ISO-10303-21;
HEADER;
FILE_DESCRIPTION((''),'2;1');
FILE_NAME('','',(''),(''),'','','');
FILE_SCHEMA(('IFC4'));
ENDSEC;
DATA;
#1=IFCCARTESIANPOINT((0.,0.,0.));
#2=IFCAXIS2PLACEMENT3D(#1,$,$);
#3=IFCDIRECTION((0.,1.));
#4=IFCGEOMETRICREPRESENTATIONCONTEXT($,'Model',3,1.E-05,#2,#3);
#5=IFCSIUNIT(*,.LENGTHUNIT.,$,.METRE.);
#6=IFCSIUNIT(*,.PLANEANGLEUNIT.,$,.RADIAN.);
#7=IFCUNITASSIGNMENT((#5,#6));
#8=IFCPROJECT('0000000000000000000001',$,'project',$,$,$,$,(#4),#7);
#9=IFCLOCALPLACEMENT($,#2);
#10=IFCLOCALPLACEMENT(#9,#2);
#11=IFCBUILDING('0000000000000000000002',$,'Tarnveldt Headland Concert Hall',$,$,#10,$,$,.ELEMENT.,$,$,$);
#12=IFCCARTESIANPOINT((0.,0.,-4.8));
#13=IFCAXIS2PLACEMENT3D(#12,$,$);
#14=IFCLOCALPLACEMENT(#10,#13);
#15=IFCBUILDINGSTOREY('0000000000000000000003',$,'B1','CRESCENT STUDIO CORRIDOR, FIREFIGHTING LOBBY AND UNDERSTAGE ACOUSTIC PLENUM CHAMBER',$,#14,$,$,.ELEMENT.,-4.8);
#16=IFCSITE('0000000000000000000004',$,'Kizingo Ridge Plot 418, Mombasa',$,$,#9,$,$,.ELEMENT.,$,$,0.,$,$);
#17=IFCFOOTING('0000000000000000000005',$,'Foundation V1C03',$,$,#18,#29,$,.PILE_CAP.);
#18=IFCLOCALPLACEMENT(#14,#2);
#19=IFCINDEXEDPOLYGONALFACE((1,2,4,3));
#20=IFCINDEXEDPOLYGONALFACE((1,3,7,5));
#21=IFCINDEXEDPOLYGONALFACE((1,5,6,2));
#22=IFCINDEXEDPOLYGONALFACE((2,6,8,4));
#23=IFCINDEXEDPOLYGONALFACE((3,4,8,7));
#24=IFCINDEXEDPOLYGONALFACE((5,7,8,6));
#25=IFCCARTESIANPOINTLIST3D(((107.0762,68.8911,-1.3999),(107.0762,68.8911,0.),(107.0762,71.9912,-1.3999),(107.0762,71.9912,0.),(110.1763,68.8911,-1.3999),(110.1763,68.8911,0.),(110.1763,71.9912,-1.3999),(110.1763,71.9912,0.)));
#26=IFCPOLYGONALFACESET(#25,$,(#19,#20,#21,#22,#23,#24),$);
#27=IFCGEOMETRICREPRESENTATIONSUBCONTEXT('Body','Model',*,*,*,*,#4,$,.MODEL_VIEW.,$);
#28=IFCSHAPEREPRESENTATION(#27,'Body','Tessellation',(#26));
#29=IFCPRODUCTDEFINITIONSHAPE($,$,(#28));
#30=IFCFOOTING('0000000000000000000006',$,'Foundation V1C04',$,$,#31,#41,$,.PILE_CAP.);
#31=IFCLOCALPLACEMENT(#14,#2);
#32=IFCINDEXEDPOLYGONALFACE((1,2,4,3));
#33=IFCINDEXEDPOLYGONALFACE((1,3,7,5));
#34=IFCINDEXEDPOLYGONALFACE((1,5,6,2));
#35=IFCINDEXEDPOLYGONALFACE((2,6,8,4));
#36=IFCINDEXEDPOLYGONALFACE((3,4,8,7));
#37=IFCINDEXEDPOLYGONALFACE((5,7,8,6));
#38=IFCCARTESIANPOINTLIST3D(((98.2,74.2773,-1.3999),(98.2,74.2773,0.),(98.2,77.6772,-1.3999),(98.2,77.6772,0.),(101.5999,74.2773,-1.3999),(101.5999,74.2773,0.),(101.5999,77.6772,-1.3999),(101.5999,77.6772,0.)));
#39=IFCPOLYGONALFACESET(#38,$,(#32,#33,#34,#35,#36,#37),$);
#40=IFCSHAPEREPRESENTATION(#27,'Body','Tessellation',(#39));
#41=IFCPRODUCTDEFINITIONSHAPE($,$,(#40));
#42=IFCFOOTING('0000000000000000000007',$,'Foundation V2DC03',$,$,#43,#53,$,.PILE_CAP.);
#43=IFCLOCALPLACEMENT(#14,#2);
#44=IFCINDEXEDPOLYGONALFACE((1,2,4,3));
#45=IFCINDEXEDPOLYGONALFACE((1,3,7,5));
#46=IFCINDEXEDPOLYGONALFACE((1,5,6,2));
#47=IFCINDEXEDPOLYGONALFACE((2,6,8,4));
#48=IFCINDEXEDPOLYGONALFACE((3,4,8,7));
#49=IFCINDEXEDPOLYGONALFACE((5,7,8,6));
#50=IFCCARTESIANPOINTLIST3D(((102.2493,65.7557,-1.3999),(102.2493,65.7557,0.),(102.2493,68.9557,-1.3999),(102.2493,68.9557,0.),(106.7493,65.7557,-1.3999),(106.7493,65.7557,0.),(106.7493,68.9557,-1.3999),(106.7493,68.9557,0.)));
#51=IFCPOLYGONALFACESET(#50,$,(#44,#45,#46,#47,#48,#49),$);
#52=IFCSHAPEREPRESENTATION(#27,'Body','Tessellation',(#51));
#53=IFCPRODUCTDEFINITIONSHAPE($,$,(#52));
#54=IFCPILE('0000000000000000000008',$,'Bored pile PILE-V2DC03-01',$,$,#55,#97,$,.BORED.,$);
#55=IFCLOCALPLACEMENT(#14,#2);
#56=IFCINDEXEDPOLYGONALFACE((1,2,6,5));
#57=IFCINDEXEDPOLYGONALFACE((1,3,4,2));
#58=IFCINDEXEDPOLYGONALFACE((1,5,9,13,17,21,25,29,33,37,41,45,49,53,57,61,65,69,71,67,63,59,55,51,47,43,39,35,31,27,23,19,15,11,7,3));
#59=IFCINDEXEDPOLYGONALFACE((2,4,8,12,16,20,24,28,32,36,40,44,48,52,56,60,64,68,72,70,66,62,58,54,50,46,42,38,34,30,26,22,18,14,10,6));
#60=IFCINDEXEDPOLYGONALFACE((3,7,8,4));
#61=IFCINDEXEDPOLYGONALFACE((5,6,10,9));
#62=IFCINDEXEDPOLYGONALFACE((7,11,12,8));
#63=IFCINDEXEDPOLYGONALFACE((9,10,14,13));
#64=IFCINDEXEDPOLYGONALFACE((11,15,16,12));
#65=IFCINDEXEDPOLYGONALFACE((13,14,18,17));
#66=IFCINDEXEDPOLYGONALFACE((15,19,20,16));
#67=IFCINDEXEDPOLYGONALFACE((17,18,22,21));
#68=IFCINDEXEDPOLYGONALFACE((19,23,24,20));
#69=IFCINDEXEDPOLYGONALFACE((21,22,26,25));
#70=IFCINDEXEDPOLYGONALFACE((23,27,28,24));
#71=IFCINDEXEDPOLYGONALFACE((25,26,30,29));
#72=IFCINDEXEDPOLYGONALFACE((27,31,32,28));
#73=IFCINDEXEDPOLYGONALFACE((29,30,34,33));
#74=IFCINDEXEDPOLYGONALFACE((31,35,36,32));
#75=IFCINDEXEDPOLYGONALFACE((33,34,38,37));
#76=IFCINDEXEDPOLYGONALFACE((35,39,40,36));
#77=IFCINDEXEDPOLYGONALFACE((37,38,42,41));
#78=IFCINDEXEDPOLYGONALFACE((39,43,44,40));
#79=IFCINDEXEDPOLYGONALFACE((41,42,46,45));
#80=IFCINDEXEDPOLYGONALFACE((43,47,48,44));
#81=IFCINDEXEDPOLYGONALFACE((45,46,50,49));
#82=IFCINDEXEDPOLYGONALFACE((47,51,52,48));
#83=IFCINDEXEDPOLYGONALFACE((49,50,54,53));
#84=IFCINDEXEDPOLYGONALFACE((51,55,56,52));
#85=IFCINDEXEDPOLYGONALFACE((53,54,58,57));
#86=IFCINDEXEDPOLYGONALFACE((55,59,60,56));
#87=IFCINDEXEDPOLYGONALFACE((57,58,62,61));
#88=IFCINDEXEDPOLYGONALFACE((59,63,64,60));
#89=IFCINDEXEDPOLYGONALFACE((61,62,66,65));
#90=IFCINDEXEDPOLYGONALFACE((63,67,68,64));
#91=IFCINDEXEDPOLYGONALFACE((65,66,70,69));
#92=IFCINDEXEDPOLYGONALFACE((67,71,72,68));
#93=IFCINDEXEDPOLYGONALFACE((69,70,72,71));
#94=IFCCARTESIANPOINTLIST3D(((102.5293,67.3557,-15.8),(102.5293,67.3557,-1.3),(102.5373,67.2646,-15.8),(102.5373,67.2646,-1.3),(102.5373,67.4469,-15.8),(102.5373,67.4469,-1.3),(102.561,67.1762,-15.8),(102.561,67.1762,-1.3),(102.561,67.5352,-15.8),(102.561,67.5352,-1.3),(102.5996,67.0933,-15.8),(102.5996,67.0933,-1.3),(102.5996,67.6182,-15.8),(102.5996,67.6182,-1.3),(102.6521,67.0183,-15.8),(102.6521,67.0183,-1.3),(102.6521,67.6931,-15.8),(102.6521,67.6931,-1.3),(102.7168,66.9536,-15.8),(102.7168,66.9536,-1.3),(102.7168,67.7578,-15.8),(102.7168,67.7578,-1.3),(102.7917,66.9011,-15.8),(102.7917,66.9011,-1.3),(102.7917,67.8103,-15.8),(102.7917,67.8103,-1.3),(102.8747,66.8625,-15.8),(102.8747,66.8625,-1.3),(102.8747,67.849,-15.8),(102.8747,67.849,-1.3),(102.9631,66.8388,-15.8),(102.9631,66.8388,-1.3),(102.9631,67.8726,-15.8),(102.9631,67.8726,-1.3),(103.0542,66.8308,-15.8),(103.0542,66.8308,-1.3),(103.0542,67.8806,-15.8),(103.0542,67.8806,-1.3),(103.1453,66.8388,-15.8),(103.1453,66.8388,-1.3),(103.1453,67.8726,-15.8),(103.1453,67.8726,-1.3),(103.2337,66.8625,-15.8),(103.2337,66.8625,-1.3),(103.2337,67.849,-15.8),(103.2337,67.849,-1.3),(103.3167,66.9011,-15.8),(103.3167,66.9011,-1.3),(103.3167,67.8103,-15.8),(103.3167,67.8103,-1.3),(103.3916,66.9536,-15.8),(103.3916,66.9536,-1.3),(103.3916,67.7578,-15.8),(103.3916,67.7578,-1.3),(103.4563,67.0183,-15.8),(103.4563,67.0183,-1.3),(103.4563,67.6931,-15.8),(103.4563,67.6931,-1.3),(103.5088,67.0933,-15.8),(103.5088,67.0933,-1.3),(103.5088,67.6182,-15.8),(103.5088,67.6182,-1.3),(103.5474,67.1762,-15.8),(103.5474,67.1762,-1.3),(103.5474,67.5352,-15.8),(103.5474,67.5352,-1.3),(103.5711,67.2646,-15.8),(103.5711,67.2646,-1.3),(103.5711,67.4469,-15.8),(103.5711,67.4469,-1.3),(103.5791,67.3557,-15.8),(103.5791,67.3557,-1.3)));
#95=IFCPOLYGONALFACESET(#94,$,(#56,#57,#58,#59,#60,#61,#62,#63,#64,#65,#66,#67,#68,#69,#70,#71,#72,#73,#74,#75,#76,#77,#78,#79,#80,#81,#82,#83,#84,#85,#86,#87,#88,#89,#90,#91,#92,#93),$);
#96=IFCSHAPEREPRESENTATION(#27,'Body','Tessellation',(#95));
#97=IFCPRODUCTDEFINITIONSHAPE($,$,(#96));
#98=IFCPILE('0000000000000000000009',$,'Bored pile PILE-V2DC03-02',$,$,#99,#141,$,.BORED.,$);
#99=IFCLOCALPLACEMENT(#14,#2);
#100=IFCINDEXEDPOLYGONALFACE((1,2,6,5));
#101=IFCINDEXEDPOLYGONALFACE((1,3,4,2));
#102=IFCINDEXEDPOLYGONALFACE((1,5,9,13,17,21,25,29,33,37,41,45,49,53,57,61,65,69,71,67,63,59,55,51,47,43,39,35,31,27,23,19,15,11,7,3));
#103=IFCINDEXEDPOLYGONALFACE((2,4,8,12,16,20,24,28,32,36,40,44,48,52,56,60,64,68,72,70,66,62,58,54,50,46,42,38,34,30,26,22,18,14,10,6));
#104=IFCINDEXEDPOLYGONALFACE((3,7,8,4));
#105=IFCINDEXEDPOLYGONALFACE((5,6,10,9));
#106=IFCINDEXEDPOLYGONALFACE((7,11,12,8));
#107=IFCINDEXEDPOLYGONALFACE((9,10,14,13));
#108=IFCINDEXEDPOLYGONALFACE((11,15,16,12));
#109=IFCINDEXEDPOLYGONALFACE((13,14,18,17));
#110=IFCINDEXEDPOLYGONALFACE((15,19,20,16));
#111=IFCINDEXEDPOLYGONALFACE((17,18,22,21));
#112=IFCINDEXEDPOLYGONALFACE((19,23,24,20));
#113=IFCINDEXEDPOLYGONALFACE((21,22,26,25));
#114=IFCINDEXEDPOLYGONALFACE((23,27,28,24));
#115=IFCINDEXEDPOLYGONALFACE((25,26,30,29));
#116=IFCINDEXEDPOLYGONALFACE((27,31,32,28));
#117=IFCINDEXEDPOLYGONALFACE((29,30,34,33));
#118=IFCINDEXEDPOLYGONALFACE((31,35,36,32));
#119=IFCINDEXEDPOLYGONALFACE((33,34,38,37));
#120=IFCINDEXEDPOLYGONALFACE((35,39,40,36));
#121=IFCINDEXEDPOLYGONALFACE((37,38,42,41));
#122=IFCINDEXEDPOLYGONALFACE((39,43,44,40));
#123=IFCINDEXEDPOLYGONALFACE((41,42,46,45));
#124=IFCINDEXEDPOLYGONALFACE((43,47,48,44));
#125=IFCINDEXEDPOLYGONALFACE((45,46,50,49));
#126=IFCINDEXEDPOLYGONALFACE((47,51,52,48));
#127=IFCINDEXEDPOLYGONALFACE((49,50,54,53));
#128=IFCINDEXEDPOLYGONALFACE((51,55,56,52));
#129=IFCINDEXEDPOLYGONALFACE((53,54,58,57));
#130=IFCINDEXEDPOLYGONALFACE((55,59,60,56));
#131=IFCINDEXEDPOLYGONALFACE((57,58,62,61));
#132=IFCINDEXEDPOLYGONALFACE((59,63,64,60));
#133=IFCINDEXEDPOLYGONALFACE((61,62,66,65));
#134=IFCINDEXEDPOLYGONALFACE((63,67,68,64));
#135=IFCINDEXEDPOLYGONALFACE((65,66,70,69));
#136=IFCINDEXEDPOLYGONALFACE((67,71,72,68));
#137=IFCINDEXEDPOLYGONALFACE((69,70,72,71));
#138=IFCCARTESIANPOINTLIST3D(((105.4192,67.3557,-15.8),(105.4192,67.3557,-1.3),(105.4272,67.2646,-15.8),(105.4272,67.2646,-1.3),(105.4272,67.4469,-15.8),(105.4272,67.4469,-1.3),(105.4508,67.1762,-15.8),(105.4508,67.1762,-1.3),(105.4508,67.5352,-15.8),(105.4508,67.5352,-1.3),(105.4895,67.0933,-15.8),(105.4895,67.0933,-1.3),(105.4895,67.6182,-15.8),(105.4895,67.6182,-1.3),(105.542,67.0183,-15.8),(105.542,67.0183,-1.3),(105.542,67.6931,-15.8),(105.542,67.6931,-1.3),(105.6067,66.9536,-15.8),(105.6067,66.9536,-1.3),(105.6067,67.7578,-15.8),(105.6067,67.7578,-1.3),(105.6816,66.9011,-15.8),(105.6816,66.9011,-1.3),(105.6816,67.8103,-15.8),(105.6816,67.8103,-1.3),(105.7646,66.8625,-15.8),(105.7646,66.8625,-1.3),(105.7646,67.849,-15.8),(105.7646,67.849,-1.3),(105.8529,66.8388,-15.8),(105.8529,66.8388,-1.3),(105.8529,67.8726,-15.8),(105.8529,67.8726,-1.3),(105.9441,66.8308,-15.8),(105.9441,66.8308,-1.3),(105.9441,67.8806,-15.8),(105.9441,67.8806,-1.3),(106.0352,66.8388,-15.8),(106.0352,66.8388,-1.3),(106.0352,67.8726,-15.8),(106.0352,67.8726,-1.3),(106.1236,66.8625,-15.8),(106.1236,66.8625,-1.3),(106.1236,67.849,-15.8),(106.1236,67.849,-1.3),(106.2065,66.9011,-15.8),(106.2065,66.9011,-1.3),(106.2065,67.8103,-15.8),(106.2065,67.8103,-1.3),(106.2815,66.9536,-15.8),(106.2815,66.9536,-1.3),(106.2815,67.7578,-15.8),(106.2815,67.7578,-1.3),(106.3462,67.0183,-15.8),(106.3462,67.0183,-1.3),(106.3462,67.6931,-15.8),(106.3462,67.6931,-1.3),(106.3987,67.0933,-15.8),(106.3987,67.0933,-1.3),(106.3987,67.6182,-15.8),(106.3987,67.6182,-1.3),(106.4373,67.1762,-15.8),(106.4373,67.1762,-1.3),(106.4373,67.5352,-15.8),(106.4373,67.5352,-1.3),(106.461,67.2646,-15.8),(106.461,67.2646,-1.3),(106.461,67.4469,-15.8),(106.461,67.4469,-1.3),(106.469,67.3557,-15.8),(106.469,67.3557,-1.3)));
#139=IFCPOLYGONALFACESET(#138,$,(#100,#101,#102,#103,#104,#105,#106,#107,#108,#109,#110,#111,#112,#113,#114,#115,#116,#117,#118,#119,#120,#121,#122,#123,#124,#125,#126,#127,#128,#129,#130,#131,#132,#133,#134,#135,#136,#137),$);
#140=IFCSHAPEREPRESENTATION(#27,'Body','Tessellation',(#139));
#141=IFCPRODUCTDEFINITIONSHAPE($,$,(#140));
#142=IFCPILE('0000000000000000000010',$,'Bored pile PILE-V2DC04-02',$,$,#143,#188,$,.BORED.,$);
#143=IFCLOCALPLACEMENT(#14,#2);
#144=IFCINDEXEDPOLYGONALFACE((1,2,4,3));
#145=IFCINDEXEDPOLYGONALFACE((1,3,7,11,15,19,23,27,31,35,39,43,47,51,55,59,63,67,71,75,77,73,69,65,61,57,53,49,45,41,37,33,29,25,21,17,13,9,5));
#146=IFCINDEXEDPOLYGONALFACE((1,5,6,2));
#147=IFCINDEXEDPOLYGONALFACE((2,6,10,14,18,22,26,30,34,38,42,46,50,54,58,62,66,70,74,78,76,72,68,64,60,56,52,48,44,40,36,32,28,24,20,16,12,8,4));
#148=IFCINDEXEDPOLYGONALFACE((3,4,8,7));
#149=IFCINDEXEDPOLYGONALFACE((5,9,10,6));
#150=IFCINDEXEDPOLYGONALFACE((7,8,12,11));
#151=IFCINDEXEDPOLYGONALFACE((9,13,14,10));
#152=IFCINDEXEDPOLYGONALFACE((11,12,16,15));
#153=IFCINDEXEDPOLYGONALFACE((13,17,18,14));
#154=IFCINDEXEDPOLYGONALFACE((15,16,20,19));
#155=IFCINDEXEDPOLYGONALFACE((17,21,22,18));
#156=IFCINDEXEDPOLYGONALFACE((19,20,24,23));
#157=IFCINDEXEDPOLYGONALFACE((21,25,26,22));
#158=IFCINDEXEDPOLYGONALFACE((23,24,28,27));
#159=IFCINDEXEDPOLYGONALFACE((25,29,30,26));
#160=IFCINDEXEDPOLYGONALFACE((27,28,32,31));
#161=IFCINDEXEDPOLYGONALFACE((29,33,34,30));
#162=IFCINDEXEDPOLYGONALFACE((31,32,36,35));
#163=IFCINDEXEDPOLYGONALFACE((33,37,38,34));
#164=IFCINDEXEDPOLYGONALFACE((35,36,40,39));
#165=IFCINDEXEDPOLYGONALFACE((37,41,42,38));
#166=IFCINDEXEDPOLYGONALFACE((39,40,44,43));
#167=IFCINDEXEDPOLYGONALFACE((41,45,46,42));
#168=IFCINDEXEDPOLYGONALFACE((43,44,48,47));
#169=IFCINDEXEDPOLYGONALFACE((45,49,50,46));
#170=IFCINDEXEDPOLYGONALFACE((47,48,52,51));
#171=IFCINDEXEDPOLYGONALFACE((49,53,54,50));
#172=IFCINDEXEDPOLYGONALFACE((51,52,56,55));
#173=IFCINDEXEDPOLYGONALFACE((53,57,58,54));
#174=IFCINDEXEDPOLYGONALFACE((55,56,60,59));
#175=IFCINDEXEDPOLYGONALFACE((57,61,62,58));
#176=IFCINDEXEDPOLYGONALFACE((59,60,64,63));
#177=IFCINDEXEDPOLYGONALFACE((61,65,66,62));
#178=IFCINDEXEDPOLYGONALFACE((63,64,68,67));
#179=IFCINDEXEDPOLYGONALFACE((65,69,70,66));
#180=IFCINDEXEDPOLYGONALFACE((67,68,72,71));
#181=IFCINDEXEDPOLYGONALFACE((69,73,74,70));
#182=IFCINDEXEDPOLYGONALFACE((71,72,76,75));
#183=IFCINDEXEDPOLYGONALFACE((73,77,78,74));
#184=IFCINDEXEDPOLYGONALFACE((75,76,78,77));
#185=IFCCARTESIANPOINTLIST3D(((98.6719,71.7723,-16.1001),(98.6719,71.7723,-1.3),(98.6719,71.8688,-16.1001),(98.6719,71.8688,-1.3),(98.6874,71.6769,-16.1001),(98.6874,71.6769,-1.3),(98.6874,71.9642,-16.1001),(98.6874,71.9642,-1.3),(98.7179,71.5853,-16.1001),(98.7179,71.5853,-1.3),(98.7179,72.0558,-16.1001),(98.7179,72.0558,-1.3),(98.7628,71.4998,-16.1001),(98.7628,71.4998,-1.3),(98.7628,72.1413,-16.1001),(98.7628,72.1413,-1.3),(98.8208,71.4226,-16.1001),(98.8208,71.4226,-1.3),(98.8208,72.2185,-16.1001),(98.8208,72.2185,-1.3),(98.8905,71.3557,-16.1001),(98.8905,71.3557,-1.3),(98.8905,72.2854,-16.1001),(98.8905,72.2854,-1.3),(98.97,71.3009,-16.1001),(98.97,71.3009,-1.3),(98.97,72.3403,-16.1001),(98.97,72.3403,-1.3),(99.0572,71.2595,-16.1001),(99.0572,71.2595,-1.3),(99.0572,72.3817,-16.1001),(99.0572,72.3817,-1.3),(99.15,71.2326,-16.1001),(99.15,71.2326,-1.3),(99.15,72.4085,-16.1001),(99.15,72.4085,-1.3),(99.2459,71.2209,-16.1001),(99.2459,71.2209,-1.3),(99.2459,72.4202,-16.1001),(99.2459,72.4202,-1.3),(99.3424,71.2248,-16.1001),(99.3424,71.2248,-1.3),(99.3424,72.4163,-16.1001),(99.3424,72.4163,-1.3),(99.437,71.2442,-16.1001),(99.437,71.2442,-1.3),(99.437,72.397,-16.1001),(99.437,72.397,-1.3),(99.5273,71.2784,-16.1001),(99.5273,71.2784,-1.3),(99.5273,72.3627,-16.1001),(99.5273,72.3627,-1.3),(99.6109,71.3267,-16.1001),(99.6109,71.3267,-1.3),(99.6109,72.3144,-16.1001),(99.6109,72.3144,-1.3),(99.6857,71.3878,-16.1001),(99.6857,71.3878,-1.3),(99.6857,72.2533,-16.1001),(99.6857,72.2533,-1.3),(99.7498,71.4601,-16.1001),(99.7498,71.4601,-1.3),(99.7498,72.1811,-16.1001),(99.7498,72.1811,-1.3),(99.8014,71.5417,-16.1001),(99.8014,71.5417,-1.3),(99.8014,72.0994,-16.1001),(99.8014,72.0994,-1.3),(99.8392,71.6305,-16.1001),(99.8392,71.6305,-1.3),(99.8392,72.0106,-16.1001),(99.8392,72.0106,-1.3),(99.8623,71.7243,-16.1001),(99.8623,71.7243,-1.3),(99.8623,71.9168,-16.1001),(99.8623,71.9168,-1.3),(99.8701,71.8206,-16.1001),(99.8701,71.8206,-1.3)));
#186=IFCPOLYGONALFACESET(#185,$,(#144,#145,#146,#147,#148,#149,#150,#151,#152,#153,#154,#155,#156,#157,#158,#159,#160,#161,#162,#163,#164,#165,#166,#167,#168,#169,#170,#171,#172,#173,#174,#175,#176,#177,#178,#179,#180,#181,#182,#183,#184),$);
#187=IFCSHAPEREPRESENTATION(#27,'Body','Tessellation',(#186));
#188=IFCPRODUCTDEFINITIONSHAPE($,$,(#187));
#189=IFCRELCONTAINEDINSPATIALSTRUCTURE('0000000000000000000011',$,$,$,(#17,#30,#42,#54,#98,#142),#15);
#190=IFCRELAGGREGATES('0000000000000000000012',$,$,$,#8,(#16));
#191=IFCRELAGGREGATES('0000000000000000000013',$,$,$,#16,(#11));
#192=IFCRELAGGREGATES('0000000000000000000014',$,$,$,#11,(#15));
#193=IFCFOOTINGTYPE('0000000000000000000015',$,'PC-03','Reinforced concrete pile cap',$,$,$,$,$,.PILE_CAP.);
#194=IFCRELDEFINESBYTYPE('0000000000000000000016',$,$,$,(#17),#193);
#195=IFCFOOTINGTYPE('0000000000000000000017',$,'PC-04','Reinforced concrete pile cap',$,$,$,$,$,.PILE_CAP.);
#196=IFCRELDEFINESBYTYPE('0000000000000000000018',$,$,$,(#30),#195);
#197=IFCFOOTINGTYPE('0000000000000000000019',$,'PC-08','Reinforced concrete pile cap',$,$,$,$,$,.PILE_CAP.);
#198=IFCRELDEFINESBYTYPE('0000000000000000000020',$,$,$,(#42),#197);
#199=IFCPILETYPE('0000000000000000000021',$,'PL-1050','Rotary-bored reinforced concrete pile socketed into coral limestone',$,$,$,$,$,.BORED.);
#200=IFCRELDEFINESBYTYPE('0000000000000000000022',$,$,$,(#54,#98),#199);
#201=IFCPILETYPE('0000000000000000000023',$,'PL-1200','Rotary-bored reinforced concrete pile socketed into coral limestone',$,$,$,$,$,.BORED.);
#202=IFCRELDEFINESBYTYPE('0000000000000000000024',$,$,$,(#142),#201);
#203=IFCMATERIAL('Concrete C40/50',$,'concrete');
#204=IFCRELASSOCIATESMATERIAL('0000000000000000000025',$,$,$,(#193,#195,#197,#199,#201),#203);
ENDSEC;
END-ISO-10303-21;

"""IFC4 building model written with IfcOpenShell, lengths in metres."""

from ifc_helpers import new_model, si_unit, direction, frame, origin, origin_2d, place, context, subcontext, project, spatial, rectangle, circle, extrude, material, material_profile, profile_set, type_object, element, save


model = new_model("IFC4")

# Units and contexts
model_context = context("Model", 3, precision=1e-05, world=origin(), true_north=direction((0.0, 1.0)))
body_context = subcontext(model_context, "Body", "Model", "MODEL_VIEW")
ifc_project = project(units=[si_unit("LENGTHUNIT", "METRE"), si_unit("PLANEANGLEUNIT", "RADIAN")], contexts=[model_context])

# Site, building, storey
site_placement = place(None, origin())
site = spatial("IfcSite", under=ifc_project, at=site_placement, Name="Kizingo Ridge Plot 418, Mombasa", CompositionType="ELEMENT", RefElevation=0.0)
building_placement = place(site_placement, origin())
building = spatial("IfcBuilding", under=site, at=building_placement, Name="Tarnveldt Headland Concert Hall", CompositionType="ELEMENT")
storey_placement = place(building_placement, frame((0.0, 0.0, -4.8)))
storey = spatial("IfcBuildingStorey", under=building, at=storey_placement, Name="B1", Description="CRESCENT STUDIO CORRIDOR, FIREFIGHTING LOBBY AND UNDERSTAGE ACOUSTIC PLENUM CHAMBER", CompositionType="ELEMENT", Elevation=-4.8)

# Footings
ifc_material_1 = material(Name="Concrete C40/50", Category="concrete")
footing_type_1 = type_object("IfcFootingType", Name="PC-03", Description="Reinforced concrete pile cap", PredefinedType="PILE_CAP", material=ifc_material_1)
footing_1_placement = place(storey_placement, frame((108.6262, 70.4412, -1.3999), z_axis=(0.0, 0.0, 1.0), x_axis=(1.0, 0.0, 0.0)))
element("IfcFooting", 1, at=footing_1_placement, inside=storey, type_object=footing_type_1, Name="Foundation V1C03", PredefinedType="PILE_CAP", context=body_context, shape_type="SweptSolid", body=[
    extrude(rectangle(XDim=3.1001, YDim=3.1001, at=origin_2d()), origin(), (0.0, 0.0, 1.0), 1.3999),
])
footing_type_2 = type_object("IfcFootingType", Name="PC-04", Description="Reinforced concrete pile cap", PredefinedType="PILE_CAP", material=ifc_material_1)
footing_2_placement = place(storey_placement, frame((99.8999, 75.9773, -1.3999), z_axis=(0.0, 0.0, 1.0), x_axis=(1.0, 0.0, 0.0)))
element("IfcFooting", 2, at=footing_2_placement, inside=storey, type_object=footing_type_2, Name="Foundation V1C04", PredefinedType="PILE_CAP", context=body_context, shape_type="SweptSolid", body=[
    extrude(rectangle(XDim=3.3999, YDim=3.3999, at=origin_2d()), origin(), (0.0, 0.0, 1.0), 1.3999),
])
footing_type_3 = type_object("IfcFootingType", Name="PC-08", Description="Reinforced concrete pile cap", PredefinedType="PILE_CAP", material=ifc_material_1)
footing_3_placement = place(storey_placement, frame((104.4993, 67.3557, -1.3999), z_axis=(0.0, 0.0, 1.0), x_axis=(1.0, 0.0, 0.0)))
element("IfcFooting", 3, at=footing_3_placement, inside=storey, type_object=footing_type_3, Name="Foundation V2DC03", PredefinedType="PILE_CAP", context=body_context, shape_type="SweptSolid", body=[
    extrude(rectangle(XDim=4.5, YDim=3.2, at=origin_2d()), origin(), (0.0, 0.0, 1.0), 1.3999),
])

# Piles
ifc_material_profile_1 = material_profile(ifc_material_1, circle(Radius=0.5249, at=origin_2d()), Name="BORED PILE D1050", Category="concrete")
ifc_profile_set_1 = profile_set([ifc_material_profile_1], Name="Concrete C40/50")
pile_type_1 = type_object("IfcPileType", Name="PL-1050", Description="Rotary-bored reinforced concrete pile socketed into coral limestone", PredefinedType="BORED", material=ifc_profile_set_1)
for number, where, z_axis, x_axis, name in (
    (4, (103.0542, 67.3557, -1.3), (0.0, 0.0, -1.0), (1.0, 0.0, 0.0), "Bored pile PILE-V2DC03-01"),
    (5, (105.9441, 67.3557, -1.3), (0.0, 0.0, -1.0), (1.0, 0.0, 0.0), "Bored pile PILE-V2DC03-02"),
):
    element("IfcPile", number, at=place(storey_placement, frame(where, z_axis=z_axis, x_axis=x_axis)), inside=storey, type_object=pile_type_1, Name=name, PredefinedType="BORED", context=body_context, shape_type="SweptSolid", body=[
        extrude(circle(Radius=0.5249, at=origin_2d()), origin(), (0.0, 0.0, 1.0), 14.5),
    ])
ifc_material_profile_2 = material_profile(ifc_material_1, circle(Radius=0.6001, at=origin_2d()), Name="BORED PILE D1200", Category="concrete")
ifc_profile_set_2 = profile_set([ifc_material_profile_2], Name="Concrete C40/50")
pile_type_2 = type_object("IfcPileType", Name="PL-1200", Description="Rotary-bored reinforced concrete pile socketed into coral limestone", PredefinedType="BORED", material=ifc_profile_set_2)
pile_1_placement = place(storey_placement, frame((99.27, 71.8206, -1.3), z_axis=(0.0, 0.0, -1.0), x_axis=(1.0, 0.0, 0.0)))
element("IfcPile", 6, at=pile_1_placement, inside=storey, type_object=pile_type_2, Name="Bored pile PILE-V2DC04-02", PredefinedType="BORED", context=body_context, shape_type="SweptSolid", body=[
    extrude(circle(Radius=0.6001, at=origin_2d()), origin(), (0.0, 0.0, 1.0), 14.8),
])

save(model, "model.ifc")
